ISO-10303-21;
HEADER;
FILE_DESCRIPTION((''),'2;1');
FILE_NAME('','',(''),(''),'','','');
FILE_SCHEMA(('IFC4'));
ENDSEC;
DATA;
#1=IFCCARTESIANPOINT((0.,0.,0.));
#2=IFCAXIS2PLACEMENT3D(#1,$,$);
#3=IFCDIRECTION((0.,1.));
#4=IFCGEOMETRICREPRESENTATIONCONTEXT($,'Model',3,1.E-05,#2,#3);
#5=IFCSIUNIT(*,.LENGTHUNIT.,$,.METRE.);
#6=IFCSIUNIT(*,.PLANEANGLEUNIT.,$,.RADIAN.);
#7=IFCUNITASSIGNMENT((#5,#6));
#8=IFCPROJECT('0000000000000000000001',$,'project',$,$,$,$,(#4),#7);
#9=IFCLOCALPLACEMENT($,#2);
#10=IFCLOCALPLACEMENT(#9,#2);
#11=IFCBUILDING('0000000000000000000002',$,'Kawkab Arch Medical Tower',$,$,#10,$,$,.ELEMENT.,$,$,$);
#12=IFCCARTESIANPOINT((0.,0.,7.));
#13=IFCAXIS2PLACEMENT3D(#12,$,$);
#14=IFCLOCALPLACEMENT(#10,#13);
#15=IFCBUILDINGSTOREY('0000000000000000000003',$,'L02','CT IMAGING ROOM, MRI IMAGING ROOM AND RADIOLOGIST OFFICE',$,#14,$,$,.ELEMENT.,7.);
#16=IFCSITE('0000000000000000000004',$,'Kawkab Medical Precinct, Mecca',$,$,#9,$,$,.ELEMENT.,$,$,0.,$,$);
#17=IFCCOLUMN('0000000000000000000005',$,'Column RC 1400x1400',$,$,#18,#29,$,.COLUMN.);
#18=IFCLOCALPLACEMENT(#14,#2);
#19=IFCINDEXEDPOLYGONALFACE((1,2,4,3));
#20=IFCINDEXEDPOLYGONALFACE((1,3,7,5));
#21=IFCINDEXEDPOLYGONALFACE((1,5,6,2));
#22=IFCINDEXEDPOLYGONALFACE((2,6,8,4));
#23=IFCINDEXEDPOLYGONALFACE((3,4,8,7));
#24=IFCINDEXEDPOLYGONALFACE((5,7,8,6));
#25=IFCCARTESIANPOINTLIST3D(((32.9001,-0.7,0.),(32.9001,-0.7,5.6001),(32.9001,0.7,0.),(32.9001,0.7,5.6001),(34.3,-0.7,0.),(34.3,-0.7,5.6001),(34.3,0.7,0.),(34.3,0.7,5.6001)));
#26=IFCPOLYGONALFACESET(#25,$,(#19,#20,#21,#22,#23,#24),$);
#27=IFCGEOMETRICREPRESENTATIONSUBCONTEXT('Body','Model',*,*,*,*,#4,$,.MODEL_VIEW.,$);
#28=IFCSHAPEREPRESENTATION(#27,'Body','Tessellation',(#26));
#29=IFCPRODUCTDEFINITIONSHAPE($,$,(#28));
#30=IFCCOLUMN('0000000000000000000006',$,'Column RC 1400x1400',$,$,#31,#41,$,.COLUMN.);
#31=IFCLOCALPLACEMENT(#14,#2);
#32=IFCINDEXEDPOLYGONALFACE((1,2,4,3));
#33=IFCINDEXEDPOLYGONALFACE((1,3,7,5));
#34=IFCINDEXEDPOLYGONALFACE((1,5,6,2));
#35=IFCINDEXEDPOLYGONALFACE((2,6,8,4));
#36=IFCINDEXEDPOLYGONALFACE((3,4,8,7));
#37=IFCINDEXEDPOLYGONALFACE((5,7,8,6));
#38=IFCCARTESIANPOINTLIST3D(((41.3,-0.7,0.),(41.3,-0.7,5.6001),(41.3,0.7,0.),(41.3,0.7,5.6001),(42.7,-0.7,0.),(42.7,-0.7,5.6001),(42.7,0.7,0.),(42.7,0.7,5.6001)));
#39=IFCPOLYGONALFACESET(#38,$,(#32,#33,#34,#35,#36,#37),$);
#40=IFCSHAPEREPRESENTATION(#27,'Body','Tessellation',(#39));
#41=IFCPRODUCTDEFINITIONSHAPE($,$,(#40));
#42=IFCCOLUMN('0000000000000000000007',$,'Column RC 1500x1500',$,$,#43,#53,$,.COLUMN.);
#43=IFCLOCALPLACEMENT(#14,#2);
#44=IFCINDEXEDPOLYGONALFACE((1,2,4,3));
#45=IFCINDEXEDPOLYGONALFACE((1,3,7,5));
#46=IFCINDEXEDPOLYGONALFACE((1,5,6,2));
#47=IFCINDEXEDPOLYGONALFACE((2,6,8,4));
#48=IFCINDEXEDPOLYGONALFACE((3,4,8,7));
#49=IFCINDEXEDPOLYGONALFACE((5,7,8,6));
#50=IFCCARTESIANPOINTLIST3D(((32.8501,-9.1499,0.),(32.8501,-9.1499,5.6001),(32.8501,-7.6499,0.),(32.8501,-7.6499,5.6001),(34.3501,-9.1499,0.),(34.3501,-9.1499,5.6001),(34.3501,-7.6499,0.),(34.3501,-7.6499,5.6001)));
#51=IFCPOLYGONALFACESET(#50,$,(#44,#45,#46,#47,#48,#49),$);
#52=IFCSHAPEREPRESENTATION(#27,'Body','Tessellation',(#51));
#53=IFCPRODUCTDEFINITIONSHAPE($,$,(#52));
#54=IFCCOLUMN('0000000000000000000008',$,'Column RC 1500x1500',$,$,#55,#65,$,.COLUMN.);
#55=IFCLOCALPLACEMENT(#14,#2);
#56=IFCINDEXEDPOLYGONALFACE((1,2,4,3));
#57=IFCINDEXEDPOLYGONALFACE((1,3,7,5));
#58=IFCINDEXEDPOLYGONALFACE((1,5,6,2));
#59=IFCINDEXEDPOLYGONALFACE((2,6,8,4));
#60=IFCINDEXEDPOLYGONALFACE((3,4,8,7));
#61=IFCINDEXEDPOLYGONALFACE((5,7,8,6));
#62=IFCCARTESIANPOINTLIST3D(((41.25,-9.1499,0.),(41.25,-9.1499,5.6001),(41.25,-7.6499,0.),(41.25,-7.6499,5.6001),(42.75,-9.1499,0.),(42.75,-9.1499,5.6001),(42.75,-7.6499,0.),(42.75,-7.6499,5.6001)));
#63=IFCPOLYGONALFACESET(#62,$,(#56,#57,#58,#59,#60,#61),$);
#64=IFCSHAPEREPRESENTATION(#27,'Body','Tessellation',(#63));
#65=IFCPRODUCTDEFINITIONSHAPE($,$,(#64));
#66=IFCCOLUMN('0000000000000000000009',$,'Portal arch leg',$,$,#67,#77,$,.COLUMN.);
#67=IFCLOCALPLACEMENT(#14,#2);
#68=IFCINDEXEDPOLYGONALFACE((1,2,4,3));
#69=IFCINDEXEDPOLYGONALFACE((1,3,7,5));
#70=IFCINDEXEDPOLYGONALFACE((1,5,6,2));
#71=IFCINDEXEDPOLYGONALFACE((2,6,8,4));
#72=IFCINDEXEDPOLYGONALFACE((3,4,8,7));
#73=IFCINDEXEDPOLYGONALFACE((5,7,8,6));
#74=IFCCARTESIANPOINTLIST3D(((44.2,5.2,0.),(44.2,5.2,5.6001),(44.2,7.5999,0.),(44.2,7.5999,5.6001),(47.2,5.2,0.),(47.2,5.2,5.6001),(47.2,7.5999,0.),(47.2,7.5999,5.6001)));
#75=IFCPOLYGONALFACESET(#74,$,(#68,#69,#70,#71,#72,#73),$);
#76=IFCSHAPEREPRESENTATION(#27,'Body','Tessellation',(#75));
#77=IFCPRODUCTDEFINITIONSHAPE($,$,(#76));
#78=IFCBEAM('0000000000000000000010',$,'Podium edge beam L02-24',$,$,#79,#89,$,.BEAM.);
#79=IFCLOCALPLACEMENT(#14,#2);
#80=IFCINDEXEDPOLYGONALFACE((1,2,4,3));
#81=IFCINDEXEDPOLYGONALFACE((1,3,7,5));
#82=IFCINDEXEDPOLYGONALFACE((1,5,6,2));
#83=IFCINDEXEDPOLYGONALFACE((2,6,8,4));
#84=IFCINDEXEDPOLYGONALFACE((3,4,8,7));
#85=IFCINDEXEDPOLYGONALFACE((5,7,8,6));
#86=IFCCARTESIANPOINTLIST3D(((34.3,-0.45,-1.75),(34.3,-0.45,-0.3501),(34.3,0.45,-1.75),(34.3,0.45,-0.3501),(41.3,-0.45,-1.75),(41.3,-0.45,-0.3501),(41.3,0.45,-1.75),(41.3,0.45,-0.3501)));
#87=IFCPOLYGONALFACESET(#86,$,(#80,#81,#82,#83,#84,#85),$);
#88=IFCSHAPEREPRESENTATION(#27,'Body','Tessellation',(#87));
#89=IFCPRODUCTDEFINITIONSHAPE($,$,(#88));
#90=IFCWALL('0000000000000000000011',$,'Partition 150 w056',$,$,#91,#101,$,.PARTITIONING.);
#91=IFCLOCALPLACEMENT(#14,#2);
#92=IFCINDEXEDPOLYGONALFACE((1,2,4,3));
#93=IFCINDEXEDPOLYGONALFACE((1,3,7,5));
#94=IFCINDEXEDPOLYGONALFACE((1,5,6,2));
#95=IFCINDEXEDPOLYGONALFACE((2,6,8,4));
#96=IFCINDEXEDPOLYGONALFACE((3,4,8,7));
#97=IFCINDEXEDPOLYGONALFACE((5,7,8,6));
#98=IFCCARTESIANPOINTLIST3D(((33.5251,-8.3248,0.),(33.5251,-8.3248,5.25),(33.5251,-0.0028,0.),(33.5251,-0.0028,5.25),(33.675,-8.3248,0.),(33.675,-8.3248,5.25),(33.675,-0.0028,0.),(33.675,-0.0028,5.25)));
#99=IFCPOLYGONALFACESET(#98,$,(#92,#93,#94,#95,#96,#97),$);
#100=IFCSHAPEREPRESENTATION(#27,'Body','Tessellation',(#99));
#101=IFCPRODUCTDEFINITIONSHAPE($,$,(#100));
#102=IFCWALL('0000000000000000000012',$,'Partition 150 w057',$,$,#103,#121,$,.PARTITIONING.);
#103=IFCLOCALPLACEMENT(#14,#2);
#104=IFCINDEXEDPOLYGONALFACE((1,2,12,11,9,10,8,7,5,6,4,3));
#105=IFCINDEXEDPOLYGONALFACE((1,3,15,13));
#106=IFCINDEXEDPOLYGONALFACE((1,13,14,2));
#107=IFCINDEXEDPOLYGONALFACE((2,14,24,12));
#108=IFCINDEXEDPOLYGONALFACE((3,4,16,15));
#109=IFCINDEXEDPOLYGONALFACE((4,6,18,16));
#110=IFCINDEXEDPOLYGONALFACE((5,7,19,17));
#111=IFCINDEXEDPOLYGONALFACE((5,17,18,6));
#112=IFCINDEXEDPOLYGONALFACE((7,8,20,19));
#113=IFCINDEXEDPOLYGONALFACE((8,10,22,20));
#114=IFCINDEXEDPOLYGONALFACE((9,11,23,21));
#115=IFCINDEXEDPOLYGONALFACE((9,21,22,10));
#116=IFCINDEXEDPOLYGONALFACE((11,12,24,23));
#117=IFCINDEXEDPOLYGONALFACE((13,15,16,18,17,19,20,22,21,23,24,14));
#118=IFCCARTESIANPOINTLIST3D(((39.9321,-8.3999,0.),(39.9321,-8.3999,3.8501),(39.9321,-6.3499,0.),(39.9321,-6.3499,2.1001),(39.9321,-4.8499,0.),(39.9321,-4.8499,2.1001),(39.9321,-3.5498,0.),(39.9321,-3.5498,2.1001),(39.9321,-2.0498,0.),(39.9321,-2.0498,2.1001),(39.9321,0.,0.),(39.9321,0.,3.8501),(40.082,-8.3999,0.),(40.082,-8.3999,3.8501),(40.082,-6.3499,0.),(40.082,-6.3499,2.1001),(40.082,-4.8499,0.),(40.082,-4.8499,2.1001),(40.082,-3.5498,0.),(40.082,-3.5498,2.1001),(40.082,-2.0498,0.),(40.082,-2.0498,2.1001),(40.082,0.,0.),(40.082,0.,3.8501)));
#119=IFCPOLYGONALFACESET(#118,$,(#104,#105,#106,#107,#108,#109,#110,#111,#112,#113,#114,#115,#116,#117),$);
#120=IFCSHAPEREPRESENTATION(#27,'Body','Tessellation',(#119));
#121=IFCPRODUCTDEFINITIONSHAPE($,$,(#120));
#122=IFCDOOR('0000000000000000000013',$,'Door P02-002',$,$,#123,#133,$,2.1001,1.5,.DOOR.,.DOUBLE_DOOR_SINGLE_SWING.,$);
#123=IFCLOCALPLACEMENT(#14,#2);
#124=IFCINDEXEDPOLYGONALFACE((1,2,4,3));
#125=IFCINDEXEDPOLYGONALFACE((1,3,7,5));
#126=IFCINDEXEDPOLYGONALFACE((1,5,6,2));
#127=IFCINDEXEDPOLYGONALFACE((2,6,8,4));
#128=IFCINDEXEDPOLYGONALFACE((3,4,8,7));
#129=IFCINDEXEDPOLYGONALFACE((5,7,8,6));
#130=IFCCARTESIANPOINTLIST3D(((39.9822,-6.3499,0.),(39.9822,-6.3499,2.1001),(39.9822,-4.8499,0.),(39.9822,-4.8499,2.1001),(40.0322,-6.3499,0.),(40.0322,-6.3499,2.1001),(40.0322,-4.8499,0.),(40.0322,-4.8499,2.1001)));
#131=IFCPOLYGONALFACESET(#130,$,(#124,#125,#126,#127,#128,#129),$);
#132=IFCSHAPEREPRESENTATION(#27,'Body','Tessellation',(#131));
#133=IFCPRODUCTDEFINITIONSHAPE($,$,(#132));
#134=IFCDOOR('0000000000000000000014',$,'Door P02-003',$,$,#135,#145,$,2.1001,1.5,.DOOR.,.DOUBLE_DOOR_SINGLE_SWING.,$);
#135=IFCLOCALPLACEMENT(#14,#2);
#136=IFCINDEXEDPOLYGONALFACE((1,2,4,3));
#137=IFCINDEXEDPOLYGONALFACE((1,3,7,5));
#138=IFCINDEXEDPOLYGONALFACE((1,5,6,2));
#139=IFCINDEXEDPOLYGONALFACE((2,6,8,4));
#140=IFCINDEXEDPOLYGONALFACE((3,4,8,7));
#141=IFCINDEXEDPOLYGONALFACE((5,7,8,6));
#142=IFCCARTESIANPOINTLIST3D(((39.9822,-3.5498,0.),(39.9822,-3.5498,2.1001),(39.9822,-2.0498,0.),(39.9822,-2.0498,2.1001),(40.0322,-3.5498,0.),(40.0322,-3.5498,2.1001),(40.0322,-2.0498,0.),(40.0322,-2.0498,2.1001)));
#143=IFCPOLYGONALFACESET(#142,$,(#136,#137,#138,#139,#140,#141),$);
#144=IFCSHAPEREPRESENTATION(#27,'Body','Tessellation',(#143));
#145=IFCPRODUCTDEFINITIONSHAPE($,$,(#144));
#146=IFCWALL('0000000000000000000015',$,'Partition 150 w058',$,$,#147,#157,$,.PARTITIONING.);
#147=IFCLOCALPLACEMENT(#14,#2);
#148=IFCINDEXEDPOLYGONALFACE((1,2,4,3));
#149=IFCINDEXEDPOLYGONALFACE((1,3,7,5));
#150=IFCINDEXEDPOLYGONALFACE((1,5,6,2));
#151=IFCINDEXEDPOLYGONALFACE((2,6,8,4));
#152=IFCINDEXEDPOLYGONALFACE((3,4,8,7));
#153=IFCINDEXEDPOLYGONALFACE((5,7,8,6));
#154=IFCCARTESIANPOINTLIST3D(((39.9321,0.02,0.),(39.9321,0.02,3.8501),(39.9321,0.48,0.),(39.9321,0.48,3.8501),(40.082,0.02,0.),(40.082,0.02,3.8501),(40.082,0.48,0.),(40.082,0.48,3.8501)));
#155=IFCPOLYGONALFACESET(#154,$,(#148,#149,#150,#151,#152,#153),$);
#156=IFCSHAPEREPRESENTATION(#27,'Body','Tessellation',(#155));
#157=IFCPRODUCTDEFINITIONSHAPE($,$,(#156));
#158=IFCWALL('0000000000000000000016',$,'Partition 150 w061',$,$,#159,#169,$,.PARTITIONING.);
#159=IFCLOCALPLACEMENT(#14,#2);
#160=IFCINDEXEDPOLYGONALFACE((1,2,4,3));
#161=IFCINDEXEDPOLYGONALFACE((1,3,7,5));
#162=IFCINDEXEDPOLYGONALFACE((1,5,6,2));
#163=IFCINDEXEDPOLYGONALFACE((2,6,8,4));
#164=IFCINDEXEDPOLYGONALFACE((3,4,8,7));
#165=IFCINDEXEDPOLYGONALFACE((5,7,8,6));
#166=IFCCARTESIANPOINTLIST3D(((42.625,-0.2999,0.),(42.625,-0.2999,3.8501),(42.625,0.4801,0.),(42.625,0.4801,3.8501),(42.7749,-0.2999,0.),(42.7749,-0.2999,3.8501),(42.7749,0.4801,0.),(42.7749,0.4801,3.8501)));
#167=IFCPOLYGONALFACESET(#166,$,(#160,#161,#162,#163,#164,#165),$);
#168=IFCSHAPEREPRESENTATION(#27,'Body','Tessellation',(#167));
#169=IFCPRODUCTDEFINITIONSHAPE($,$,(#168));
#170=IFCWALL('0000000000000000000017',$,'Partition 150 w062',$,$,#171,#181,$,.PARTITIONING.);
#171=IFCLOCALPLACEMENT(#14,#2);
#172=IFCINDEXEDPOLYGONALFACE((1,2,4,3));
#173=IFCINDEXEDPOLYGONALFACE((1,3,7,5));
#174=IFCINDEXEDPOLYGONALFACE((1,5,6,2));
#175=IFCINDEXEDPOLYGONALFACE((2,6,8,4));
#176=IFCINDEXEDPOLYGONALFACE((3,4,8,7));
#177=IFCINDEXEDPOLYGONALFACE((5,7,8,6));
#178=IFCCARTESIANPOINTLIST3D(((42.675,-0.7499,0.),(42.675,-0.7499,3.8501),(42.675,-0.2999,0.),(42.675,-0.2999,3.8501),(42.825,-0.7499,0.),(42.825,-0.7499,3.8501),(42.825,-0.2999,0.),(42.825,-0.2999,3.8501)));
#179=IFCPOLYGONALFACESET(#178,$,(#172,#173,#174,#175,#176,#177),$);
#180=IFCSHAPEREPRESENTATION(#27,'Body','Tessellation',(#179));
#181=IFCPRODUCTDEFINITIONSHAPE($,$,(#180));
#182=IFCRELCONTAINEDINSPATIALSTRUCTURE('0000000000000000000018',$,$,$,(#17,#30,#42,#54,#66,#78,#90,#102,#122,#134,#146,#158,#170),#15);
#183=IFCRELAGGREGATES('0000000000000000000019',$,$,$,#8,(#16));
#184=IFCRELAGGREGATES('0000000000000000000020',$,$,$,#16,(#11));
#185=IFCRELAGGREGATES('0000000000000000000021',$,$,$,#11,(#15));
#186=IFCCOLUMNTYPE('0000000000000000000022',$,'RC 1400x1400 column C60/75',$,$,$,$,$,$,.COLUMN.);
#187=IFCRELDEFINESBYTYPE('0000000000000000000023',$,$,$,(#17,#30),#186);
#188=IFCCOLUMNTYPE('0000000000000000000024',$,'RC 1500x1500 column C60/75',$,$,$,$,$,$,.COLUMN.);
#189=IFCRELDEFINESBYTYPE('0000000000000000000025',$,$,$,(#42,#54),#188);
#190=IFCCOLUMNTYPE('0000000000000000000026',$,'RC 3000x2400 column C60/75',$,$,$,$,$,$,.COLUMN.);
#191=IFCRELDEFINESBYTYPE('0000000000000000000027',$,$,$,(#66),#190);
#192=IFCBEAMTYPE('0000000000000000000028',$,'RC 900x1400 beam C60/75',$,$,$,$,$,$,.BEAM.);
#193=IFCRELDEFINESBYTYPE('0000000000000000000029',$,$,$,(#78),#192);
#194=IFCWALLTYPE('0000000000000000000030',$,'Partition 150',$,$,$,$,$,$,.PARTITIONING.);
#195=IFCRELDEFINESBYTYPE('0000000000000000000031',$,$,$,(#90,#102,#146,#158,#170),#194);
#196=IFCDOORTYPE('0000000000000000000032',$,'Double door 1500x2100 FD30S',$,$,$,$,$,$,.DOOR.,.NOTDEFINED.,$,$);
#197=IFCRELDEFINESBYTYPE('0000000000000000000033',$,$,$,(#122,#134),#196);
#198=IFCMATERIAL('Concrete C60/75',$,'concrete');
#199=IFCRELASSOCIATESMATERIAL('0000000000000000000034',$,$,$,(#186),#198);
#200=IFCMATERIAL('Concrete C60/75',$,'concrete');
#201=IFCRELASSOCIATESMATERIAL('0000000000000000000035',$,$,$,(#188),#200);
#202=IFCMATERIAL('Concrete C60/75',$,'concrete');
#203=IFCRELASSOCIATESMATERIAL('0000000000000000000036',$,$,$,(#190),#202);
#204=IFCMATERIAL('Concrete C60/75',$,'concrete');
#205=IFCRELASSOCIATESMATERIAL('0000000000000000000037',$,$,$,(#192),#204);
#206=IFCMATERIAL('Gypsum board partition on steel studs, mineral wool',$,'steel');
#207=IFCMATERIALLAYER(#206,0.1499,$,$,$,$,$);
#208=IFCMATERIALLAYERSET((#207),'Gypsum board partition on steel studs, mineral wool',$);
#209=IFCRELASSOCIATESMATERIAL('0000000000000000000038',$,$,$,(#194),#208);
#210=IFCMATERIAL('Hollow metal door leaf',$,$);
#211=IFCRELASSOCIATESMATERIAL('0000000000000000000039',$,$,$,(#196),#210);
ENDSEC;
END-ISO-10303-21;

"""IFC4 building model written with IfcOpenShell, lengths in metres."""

from ifc_helpers import new_model, si_unit, direction, frame, frame_2d, origin, origin_2d, place, context, subcontext, project, spatial, rectangle, extrude, material, layer, layer_set, material_profile, profile_set, type_object, element, fill, save


model = new_model("IFC4")

# Units and contexts
model_context = context("Model", 3, precision=1e-05, world=origin(), true_north=direction((0.0, 1.0)))
body_context = subcontext(model_context, "Body", "Model", "MODEL_VIEW")
ifc_project = project(units=[si_unit("LENGTHUNIT", "METRE"), si_unit("PLANEANGLEUNIT", "RADIAN")], contexts=[model_context])

# Site, building, storey
site_placement = place(None, origin())
site = spatial("IfcSite", under=ifc_project, at=site_placement, Name="Kawkab Medical Precinct, Mecca", CompositionType="ELEMENT", RefElevation=0.0)
building_placement = place(site_placement, origin())
building = spatial("IfcBuilding", under=site, at=building_placement, Name="Kawkab Arch Medical Tower", CompositionType="ELEMENT")
storey_placement = place(building_placement, frame((0.0, 0.0, 7.0)))
storey = spatial("IfcBuildingStorey", under=building, at=storey_placement, Name="L02", Description="CT IMAGING ROOM, MRI IMAGING ROOM AND RADIOLOGIST OFFICE", CompositionType="ELEMENT", Elevation=7.0)

# Columns
ifc_material_1 = material(Name="Concrete C60/75", Category="concrete")
ifc_material_profile_1 = material_profile(ifc_material_1, rectangle(XDim=1.3999, YDim=1.3999, at=origin_2d()), Name="RC 1400x1400")
ifc_profile_set_1 = profile_set([ifc_material_profile_1], Name="Concrete C60/75")
column_type_1 = type_object("IfcColumnType", Name="RC 1400x1400 column C60/75", PredefinedType="COLUMN", material=ifc_profile_set_1)
for number, where, z_axis, x_axis, name in (
    (1, (33.6001, 0.0, 0.0), (0.0, 0.0, 1.0), (1.0, 0.0, 0.0), "Column RC 1400x1400"),
    (2, (42.0, 0.0, 0.0), (0.0, 0.0, 1.0), (1.0, 0.0, 0.0), "Column RC 1400x1400"),
):
    element("IfcColumn", number, at=place(storey_placement, frame(where, z_axis=z_axis, x_axis=x_axis)), inside=storey, type_object=column_type_1, Name=name, PredefinedType="COLUMN", context=body_context, shape_type="SweptSolid", body=[
        extrude(rectangle(XDim=1.3999, YDim=1.3999, at=origin_2d()), origin(), (0.0, 0.0, 1.0), 5.6001),
    ])
ifc_material_2 = material(Name="Concrete C60/75", Category="concrete")
ifc_material_profile_2 = material_profile(ifc_material_2, rectangle(XDim=1.5, YDim=1.5, at=origin_2d()), Name="RC 1500x1500")
ifc_profile_set_2 = profile_set([ifc_material_profile_2], Name="Concrete C60/75")
column_type_2 = type_object("IfcColumnType", Name="RC 1500x1500 column C60/75", PredefinedType="COLUMN", material=ifc_profile_set_2)
for number, where, z_axis, x_axis, name in (
    (3, (33.6001, -8.3999, 0.0), (0.0, 0.0, 1.0), (1.0, 0.0, 0.0), "Column RC 1500x1500"),
    (4, (42.0, -8.3999, 0.0), (0.0, 0.0, 1.0), (1.0, 0.0, 0.0), "Column RC 1500x1500"),
):
    element("IfcColumn", number, at=place(storey_placement, frame(where, z_axis=z_axis, x_axis=x_axis)), inside=storey, type_object=column_type_2, Name=name, PredefinedType="COLUMN", context=body_context, shape_type="SweptSolid", body=[
        extrude(rectangle(XDim=1.5, YDim=1.5, at=origin_2d()), origin(), (0.0, 0.0, 1.0), 5.6001),
    ])
ifc_material_3 = material(Name="Concrete C60/75", Category="concrete")
ifc_material_profile_3 = material_profile(ifc_material_3, rectangle(XDim=3.0, YDim=2.3999, at=origin_2d()), Name="RC 3000x2400")
ifc_profile_set_3 = profile_set([ifc_material_profile_3], Name="Concrete C60/75")
column_type_3 = type_object("IfcColumnType", Name="RC 3000x2400 column C60/75", PredefinedType="COLUMN", material=ifc_profile_set_3)
column_placement = place(storey_placement, frame((45.7, 6.3999, 0.0), z_axis=(0.0, 0.0, 1.0), x_axis=(1.0, 0.0, 0.0)))
element("IfcColumn", 5, at=column_placement, inside=storey, type_object=column_type_3, Name="Portal arch leg", PredefinedType="COLUMN", context=body_context, shape_type="SweptSolid", body=[
    extrude(rectangle(XDim=3.0, YDim=2.3999, at=origin_2d()), origin(), (0.0, 0.0, 1.0), 5.6001),
])

# Beam
ifc_material_4 = material(Name="Concrete C60/75", Category="concrete")
ifc_material_profile_4 = material_profile(ifc_material_4, rectangle(XDim=0.8999, YDim=1.3999, at=origin_2d()), Name="RC 900x1400")
ifc_profile_set_4 = profile_set([ifc_material_profile_4], Name="Concrete C60/75")
beam_type = type_object("IfcBeamType", Name="RC 900x1400 beam C60/75", PredefinedType="BEAM", material=ifc_profile_set_4)
beam_placement = place(storey_placement, frame((41.3, 0.0, -1.05), z_axis=(-1.0, 0.0, 0.0), x_axis=(0.0, -1.0, 0.0)))
element("IfcBeam", 6, at=beam_placement, inside=storey, type_object=beam_type, Name="Podium edge beam L02-24", PredefinedType="BEAM", context=body_context, shape_type="SweptSolid", body=[
    extrude(rectangle(XDim=0.8999, YDim=1.3999, at=origin_2d()), origin(), (0.0, 0.0, 1.0), 7.0),
])

# Wall
ifc_material_5 = material(Name="Gypsum board partition on steel studs, mineral wool", Category="steel")
ifc_layer_1 = layer(ifc_material_5, 0.1499)
ifc_layer_set_1 = layer_set([ifc_layer_1], Name="Gypsum board partition on steel studs, mineral wool")
wall_type_1 = type_object("IfcWallType", Name="Partition 150", PredefinedType="PARTITIONING", material=ifc_layer_set_1)
wall_1_placement = place(storey_placement, frame((33.6001, -8.325, 0.0), z_axis=(0.0, 0.0, 1.0), x_axis=(0.0, 1.0, 0.0)))
element("IfcWall", 7, at=wall_1_placement, inside=storey, type_object=wall_type_1, Name="Partition 150 w056", PredefinedType="PARTITIONING", context=body_context, shape_type="SweptSolid", body=[
    extrude(rectangle(XDim=8.322, YDim=0.1499, at=frame_2d((4.1611, 0.0))), origin(), (0.0, 0.0, 1.0), 5.25),
])

# Wall, openings, doors
wall_2_placement = place(storey_placement, frame((40.0071, -8.3999, 0.0), z_axis=(0.0, 0.0, 1.0), x_axis=(0.0, 1.0, 0.0)))
wall_2 = element("IfcWall", 8, at=wall_2_placement, inside=storey, type_object=wall_type_1, Name="Partition 150 w057", PredefinedType="PARTITIONING", context=body_context, shape_type="SweptSolid", body=[
    extrude(rectangle(XDim=8.3999, YDim=0.1499, at=frame_2d((4.2, 0.0))), origin(), (0.0, 0.0, 1.0), 3.8501),
])
opening_1_placement = place(wall_2_placement, frame((2.05, 0.0, 0.0)))
opening_1 = element("IfcOpeningElement", 9, at=opening_1_placement, cuts=wall_2, PredefinedType="OPENING", context=body_context, shape_type="SweptSolid", body=[
    extrude(rectangle(XDim=1.5, YDim=2.1001, at=frame_2d((0.75, 1.05))), frame((0.0, 0.085, 0.0), z_axis=(0.0, -1.0, 0.0), x_axis=(1.0, 0.0, 0.0)), (0.0, 0.0, 1.0), 0.1699),
])
opening_2_placement = place(wall_2_placement, frame((4.8501, 0.0, 0.0)))
opening_2 = element("IfcOpeningElement", 10, at=opening_2_placement, cuts=wall_2, PredefinedType="OPENING", context=body_context, shape_type="SweptSolid", body=[
    extrude(rectangle(XDim=1.5, YDim=2.1001, at=frame_2d((0.75, 1.05))), frame((0.0, 0.085, 0.0), z_axis=(0.0, -1.0, 0.0), x_axis=(1.0, 0.0, 0.0)), (0.0, 0.0, 1.0), 0.1699),
])
ifc_material_6 = material(Name="Hollow metal door leaf")
door_type_1 = type_object("IfcDoorType", Name="Double door 1500x2100 FD30S", OperationType="NOTDEFINED", PredefinedType="DOOR", material=ifc_material_6)
door_1_placement = place(opening_1_placement, origin())
door_1 = element("IfcDoor", 11, at=door_1_placement, inside=storey, type_object=door_type_1, Name="Door P02-002", OperationType="DOUBLE_DOOR_SINGLE_SWING", OverallHeight=2.1001, OverallWidth=1.5, PredefinedType="DOOR", context=body_context, shape_type="SweptSolid", body=[
    extrude(rectangle(XDim=1.5, YDim=2.1001, at=frame_2d((0.75, 1.05))), frame((0.0, 0.0249, 0.0), z_axis=(0.0, -1.0, 0.0), x_axis=(1.0, 0.0, 0.0)), (0.0, 0.0, 1.0), 0.05),
])
fill(opening_1, door_1)
door_2_placement = place(opening_2_placement, origin())
door_2 = element("IfcDoor", 12, at=door_2_placement, inside=storey, type_object=door_type_1, Name="Door P02-003", OperationType="DOUBLE_DOOR_SINGLE_SWING", OverallHeight=2.1001, OverallWidth=1.5, PredefinedType="DOOR", context=body_context, shape_type="SweptSolid", body=[
    extrude(rectangle(XDim=1.5, YDim=2.1001, at=frame_2d((0.75, 1.05))), frame((0.0, 0.0249, 0.0), z_axis=(0.0, -1.0, 0.0), x_axis=(1.0, 0.0, 0.0)), (0.0, 0.0, 1.0), 0.05),
])
fill(opening_2, door_2)

# Walls
wall_3_placement = place(storey_placement, frame((40.0071, 0.02, 0.0), z_axis=(0.0, 0.0, 1.0), x_axis=(0.0, 1.0, 0.0)))
element("IfcWall", 13, at=wall_3_placement, inside=storey, type_object=wall_type_1, Name="Partition 150 w058", PredefinedType="PARTITIONING", context=body_context, shape_type="SweptSolid", body=[
    extrude(rectangle(XDim=0.46, YDim=0.1499, at=frame_2d((0.23, 0.0))), origin(), (0.0, 0.0, 1.0), 3.8501),
])
wall_4_placement = place(storey_placement, frame((42.7, -0.3, 0.0), z_axis=(0.0, 0.0, 1.0), x_axis=(0.0, 1.0, 0.0)))
element("IfcWall", 14, at=wall_4_placement, inside=storey, type_object=wall_type_1, Name="Partition 150 w061", PredefinedType="PARTITIONING", context=body_context, shape_type="SweptSolid", body=[
    extrude(rectangle(XDim=0.78, YDim=0.1499, at=frame_2d((0.3901, 0.0))), origin(), (0.0, 0.0, 1.0), 3.8501),
])
wall_5_placement = place(storey_placement, frame((42.75, -0.75, 0.0), z_axis=(0.0, 0.0, 1.0), x_axis=(0.0, 1.0, 0.0)))
element("IfcWall", 15, at=wall_5_placement, inside=storey, type_object=wall_type_1, Name="Partition 150 w062", PredefinedType="PARTITIONING", context=body_context, shape_type="SweptSolid", body=[
    extrude(rectangle(XDim=0.45, YDim=0.1499, at=frame_2d((0.2251, 0.0))), origin(), (0.0, 0.0, 1.0), 3.8501),
])

save(model, "model.ifc")
